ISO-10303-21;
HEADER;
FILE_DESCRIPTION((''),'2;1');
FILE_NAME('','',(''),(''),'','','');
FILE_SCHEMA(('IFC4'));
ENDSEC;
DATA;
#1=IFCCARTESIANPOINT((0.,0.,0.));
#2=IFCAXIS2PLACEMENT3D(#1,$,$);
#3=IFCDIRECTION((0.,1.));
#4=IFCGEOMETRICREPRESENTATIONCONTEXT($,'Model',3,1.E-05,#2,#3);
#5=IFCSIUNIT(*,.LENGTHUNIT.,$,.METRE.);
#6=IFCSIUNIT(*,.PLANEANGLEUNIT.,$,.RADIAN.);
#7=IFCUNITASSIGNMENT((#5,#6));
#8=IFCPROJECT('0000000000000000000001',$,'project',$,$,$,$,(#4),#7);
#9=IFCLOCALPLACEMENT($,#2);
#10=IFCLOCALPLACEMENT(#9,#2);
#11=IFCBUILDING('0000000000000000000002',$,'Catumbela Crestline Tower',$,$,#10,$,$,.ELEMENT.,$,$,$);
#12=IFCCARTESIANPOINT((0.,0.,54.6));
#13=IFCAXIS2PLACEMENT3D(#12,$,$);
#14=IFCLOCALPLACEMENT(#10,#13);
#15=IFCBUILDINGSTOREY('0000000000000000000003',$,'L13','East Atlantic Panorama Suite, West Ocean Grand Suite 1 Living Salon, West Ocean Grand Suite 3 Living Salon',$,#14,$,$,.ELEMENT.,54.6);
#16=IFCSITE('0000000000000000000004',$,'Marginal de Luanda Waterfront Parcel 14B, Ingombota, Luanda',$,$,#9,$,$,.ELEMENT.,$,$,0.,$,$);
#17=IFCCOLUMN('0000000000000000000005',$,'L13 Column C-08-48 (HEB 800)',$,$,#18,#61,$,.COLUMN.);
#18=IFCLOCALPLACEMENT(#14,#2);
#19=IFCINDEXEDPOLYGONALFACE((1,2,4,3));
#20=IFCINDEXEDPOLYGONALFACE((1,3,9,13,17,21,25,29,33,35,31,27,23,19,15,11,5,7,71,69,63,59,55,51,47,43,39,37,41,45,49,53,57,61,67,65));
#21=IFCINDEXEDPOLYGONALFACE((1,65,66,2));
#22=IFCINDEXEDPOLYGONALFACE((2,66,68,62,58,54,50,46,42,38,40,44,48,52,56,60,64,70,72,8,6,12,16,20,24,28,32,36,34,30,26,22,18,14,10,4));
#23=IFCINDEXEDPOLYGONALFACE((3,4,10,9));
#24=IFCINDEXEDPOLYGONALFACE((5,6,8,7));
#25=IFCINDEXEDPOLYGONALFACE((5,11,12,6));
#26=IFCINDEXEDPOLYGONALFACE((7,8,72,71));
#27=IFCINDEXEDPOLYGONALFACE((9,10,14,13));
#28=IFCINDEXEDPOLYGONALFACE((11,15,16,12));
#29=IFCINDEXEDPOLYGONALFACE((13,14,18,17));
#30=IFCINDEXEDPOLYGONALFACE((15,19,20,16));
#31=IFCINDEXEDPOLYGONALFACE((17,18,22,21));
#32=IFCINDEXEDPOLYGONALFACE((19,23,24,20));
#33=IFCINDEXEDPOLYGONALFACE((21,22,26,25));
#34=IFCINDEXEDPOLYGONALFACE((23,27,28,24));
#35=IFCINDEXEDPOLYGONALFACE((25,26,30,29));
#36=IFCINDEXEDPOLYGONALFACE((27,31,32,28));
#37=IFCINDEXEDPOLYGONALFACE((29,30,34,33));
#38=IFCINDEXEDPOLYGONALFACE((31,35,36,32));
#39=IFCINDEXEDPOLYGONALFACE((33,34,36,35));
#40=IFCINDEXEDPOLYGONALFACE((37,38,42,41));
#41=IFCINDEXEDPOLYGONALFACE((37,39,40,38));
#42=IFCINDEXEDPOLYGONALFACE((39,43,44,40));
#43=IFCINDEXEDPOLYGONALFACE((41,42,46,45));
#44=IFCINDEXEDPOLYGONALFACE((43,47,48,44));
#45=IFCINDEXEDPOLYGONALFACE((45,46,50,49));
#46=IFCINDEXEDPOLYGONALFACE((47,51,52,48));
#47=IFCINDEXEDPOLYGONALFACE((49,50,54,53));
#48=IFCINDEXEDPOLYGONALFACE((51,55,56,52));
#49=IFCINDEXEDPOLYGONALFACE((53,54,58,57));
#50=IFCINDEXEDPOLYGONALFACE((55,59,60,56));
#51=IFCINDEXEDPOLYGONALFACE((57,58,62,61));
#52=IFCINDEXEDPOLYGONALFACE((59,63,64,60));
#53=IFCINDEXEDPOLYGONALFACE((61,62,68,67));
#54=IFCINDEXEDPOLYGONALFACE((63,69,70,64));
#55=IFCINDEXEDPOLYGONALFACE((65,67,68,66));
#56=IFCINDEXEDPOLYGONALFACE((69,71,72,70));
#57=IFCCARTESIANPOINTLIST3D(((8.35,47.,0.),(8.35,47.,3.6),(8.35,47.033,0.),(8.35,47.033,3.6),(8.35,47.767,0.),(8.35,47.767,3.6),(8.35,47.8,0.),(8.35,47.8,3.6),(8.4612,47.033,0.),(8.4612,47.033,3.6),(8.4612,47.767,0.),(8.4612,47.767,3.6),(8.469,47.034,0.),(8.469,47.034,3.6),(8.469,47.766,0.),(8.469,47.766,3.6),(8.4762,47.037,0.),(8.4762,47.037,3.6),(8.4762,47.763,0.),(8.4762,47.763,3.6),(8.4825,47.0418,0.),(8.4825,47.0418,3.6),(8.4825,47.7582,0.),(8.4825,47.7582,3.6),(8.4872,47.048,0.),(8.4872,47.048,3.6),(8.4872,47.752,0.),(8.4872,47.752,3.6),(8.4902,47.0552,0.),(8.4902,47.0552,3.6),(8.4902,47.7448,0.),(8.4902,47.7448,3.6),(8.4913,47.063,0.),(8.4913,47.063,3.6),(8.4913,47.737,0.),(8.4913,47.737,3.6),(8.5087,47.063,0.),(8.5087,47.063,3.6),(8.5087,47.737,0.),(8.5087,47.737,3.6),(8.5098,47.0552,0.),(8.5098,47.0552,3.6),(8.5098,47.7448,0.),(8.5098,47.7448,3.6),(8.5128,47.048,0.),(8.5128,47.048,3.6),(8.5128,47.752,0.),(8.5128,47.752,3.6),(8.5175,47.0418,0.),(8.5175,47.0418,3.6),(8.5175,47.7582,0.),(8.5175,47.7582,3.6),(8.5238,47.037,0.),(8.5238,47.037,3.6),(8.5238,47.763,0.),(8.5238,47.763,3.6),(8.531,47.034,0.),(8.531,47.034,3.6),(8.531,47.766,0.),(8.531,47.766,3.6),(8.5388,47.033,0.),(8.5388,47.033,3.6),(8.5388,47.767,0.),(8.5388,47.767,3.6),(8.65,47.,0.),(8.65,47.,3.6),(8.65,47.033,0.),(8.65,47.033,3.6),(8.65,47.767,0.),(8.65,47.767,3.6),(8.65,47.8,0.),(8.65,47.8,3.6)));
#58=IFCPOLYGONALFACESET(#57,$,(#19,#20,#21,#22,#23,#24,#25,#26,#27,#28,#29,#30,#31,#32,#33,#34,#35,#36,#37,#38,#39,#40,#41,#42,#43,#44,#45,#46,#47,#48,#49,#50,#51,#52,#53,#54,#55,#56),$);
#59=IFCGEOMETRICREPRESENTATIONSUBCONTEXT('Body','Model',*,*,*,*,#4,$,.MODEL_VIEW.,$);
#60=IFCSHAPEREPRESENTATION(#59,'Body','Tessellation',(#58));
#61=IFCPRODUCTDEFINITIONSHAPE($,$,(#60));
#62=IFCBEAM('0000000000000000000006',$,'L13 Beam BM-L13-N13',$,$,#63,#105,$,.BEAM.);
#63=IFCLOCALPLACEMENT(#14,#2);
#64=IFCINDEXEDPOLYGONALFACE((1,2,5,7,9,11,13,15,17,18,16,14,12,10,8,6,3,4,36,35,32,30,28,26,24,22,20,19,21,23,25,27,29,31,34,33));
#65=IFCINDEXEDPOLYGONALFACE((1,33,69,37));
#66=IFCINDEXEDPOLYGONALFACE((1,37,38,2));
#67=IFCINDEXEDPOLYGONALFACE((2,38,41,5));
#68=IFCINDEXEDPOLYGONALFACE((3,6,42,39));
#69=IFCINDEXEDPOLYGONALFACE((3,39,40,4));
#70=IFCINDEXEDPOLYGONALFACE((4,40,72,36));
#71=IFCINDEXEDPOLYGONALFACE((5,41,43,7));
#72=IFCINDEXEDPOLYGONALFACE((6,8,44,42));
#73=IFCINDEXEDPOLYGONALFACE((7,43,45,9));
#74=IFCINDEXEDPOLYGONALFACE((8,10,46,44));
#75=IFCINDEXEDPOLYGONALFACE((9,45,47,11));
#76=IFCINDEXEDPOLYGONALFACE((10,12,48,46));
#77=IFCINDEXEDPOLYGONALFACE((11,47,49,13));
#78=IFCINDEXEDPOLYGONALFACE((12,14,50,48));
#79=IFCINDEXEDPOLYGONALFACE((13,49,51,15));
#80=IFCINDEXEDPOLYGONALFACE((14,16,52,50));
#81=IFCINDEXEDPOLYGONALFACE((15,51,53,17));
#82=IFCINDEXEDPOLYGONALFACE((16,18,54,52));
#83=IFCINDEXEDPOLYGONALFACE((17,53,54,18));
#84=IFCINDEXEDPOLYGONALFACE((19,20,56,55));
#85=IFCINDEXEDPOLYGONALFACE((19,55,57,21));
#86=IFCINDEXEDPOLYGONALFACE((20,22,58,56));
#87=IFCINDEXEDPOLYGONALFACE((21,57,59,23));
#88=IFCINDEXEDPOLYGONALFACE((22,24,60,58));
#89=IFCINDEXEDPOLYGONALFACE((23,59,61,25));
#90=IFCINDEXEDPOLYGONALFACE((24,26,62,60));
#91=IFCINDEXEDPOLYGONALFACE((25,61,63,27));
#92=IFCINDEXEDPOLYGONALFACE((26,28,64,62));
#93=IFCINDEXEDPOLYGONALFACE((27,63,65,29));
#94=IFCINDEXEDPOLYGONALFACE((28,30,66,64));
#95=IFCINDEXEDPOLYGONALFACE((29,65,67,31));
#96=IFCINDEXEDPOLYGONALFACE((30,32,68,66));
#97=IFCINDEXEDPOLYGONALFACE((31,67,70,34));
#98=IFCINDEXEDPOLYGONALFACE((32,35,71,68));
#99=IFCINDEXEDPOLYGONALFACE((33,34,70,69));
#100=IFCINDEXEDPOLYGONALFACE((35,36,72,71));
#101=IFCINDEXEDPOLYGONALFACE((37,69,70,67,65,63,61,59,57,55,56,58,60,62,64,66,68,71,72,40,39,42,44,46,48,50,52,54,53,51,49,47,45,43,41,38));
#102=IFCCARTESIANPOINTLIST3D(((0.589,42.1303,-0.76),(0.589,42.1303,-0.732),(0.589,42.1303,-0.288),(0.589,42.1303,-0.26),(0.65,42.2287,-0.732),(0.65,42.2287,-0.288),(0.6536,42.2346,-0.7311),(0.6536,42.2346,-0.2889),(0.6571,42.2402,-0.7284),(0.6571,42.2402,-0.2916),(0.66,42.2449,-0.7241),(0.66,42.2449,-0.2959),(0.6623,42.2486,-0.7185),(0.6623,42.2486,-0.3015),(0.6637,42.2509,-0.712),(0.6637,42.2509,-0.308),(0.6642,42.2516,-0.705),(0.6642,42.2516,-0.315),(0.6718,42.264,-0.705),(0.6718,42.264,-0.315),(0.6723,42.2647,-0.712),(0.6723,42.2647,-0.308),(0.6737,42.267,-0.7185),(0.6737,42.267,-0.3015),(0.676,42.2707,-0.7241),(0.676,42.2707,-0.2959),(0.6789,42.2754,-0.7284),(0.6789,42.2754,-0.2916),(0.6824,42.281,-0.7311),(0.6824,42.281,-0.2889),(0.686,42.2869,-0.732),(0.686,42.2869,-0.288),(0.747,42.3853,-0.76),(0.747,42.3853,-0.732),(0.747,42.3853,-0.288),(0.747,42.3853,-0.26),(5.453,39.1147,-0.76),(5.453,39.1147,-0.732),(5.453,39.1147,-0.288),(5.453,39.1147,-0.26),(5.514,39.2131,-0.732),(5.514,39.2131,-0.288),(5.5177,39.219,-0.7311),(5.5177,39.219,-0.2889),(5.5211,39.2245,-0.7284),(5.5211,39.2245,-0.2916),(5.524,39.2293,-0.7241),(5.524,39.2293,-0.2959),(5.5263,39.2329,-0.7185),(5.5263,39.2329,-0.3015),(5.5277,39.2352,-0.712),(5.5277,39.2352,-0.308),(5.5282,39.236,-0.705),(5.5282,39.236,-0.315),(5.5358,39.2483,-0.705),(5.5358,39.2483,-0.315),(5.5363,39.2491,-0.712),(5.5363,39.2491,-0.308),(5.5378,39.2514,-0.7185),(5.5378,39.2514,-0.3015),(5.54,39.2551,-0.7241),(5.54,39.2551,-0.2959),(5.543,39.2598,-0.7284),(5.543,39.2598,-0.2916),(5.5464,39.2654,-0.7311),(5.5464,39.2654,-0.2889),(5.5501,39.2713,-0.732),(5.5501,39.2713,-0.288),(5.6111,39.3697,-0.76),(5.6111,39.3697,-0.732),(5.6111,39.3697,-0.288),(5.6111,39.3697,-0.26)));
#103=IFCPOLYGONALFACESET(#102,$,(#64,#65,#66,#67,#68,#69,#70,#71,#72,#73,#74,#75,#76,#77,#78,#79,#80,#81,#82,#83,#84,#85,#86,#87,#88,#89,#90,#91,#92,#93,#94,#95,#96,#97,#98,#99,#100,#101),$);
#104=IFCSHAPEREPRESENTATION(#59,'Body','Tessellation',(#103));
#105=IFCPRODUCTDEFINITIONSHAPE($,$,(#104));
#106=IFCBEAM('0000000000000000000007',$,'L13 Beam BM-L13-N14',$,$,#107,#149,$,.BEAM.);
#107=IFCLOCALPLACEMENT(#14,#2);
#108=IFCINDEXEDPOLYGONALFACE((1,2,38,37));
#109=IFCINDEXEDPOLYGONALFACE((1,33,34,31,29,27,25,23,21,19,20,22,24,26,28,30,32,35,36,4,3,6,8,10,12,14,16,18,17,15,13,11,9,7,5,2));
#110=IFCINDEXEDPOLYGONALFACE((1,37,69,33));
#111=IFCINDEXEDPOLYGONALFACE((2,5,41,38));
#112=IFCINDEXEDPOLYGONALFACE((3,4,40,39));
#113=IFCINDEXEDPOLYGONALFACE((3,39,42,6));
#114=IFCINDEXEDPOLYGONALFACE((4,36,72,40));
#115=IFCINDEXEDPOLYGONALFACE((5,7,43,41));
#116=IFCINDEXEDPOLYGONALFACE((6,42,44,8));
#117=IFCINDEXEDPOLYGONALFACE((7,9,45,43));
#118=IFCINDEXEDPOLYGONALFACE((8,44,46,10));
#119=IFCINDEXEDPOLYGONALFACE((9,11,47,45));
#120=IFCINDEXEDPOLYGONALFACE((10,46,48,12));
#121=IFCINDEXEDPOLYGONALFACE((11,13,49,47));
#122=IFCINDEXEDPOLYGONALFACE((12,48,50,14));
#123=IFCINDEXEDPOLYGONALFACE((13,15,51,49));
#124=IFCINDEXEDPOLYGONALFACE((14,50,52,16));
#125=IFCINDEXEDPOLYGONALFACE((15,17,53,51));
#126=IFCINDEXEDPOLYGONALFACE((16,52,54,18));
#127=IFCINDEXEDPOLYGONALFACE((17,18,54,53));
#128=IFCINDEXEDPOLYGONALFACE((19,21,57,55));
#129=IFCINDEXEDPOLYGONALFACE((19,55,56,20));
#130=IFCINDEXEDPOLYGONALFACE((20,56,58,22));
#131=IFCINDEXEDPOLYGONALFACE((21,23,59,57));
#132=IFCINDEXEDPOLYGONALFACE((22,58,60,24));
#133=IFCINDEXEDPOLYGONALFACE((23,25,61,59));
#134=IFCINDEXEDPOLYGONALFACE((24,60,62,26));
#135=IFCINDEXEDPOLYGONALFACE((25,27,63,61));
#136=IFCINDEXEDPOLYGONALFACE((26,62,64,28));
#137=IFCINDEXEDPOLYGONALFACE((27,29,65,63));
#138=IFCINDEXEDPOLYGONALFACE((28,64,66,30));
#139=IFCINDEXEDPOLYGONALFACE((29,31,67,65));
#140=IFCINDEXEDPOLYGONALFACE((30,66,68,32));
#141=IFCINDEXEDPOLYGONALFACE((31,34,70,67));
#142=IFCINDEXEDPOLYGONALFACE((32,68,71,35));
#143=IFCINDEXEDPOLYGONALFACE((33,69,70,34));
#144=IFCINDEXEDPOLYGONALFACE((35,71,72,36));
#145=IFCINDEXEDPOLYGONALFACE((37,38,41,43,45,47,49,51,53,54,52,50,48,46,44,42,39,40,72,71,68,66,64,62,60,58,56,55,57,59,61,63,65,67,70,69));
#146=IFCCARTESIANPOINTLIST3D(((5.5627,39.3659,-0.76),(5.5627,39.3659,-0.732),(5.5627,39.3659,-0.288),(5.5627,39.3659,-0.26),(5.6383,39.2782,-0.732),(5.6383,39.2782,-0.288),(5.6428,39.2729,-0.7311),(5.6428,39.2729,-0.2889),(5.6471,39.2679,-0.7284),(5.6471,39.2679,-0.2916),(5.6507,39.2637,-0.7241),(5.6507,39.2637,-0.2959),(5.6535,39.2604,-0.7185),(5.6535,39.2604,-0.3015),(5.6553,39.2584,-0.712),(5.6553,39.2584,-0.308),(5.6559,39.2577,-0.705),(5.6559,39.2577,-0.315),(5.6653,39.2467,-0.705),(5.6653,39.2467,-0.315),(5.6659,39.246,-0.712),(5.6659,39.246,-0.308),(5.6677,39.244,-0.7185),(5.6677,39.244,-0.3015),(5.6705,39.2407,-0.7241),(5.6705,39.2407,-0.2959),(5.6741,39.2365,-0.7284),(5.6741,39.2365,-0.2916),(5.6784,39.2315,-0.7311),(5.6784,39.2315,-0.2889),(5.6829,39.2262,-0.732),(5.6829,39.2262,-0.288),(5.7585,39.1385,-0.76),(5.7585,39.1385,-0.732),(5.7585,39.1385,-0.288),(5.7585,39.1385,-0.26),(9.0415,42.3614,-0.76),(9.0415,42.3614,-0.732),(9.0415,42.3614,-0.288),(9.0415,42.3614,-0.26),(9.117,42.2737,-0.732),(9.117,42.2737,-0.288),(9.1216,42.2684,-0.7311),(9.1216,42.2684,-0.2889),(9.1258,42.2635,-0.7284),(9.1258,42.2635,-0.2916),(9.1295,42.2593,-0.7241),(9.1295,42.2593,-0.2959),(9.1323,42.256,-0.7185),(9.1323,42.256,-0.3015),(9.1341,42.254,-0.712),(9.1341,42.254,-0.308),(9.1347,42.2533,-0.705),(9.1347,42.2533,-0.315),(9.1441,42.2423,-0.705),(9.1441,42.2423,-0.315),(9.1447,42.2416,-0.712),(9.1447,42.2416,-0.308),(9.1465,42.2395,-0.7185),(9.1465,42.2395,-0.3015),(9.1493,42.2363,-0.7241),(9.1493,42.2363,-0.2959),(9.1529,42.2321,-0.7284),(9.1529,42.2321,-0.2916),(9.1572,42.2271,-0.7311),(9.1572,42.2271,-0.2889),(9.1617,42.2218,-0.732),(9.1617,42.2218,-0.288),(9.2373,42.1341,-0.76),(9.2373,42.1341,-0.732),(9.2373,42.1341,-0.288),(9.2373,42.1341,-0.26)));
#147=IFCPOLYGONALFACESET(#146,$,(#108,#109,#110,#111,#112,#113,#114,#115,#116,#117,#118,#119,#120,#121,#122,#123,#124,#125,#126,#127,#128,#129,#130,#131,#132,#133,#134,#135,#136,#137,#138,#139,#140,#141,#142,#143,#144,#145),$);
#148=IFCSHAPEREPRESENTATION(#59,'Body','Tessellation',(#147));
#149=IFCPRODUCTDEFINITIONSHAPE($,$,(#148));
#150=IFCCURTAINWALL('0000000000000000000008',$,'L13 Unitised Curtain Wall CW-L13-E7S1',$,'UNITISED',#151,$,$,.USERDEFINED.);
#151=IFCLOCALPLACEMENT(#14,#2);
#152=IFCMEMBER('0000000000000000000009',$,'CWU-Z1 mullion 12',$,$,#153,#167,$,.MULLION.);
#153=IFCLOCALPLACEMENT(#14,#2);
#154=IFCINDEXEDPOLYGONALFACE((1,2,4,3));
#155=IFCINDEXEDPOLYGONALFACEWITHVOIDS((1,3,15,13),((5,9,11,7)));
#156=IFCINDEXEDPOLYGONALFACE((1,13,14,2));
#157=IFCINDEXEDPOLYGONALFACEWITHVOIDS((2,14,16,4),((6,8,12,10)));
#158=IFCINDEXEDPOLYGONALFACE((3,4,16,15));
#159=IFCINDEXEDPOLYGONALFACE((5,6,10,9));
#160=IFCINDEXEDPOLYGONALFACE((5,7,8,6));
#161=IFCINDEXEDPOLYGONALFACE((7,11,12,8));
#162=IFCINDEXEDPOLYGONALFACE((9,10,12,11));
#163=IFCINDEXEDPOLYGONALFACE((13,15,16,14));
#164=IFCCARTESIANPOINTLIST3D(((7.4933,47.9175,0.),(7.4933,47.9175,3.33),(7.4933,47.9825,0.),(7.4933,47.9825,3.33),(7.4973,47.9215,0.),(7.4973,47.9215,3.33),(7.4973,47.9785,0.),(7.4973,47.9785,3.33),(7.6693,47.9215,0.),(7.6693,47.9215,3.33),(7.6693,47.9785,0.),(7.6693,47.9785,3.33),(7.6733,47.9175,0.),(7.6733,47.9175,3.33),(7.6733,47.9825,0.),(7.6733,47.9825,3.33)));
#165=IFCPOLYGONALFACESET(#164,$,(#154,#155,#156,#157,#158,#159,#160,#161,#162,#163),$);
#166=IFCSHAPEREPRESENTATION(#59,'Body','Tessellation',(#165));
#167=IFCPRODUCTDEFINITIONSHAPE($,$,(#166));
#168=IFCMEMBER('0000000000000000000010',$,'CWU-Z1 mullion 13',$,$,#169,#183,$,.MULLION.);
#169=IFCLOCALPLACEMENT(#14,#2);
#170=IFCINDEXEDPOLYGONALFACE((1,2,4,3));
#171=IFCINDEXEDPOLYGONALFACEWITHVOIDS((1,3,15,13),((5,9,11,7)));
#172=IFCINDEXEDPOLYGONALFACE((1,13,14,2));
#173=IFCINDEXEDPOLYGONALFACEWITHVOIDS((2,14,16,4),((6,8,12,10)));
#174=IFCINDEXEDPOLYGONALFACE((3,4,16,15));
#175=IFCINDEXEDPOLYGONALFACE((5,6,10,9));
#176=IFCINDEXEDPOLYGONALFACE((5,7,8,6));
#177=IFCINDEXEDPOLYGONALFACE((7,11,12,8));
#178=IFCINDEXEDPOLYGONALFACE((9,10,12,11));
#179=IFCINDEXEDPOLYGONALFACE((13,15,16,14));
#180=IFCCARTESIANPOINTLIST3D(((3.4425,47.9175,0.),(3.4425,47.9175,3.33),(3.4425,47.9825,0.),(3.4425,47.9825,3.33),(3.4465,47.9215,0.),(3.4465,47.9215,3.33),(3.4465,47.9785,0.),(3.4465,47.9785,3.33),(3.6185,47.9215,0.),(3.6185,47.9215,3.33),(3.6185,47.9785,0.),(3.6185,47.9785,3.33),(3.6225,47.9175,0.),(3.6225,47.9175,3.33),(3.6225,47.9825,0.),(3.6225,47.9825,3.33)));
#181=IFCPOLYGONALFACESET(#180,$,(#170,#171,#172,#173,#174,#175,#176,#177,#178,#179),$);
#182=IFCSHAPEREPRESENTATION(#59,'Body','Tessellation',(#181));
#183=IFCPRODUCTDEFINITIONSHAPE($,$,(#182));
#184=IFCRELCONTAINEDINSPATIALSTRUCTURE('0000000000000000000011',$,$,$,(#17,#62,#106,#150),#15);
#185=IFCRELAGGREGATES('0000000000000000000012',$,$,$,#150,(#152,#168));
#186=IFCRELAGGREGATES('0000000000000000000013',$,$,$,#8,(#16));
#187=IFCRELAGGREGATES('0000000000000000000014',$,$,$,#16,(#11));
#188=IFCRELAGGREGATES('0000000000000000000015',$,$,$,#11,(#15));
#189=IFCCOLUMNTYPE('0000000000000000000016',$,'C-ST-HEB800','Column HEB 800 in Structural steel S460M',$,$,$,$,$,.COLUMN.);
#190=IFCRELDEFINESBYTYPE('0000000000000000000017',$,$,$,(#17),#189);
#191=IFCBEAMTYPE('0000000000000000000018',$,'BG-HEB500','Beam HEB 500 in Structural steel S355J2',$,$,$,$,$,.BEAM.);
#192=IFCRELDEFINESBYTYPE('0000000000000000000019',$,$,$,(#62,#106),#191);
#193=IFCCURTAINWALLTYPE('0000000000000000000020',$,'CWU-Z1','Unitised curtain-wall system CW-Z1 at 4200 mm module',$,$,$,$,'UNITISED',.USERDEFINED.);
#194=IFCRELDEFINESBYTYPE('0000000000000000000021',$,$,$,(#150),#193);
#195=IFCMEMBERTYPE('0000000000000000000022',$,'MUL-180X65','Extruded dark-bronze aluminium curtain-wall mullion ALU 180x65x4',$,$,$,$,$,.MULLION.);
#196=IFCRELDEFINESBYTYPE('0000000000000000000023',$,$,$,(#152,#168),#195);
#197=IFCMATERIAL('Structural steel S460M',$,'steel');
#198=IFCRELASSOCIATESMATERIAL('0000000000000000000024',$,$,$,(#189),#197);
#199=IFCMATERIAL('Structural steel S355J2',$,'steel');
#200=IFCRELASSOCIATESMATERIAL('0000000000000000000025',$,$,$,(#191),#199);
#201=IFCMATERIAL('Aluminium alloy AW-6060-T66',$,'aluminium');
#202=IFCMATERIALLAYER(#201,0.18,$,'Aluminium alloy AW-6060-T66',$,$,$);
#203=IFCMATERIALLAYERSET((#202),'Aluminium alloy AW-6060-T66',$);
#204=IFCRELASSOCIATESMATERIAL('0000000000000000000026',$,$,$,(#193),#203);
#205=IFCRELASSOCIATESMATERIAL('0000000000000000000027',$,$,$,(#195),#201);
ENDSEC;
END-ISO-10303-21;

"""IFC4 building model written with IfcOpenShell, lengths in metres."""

from ifc_helpers import new_model, si_unit, direction, frame, origin, origin_2d, place, context, subcontext, project, spatial, hollow_rectangle, i_section, extrude, material, layer, layer_set, material_profile, profile_set, type_object, element, aggregate, save


model = new_model("IFC4")

# Units and contexts
model_context = context("Model", 3, precision=1e-05, world=origin(), true_north=direction((0.0, 1.0)))
body_context = subcontext(model_context, "Body", "Model", "MODEL_VIEW")
ifc_project = project(units=[si_unit("LENGTHUNIT", "METRE"), si_unit("PLANEANGLEUNIT", "RADIAN")], contexts=[model_context])

# Site, building, storey
site_placement = place(None, origin())
site = spatial("IfcSite", under=ifc_project, at=site_placement, Name="Marginal de Luanda Waterfront Parcel 14B, Ingombota, Luanda", CompositionType="ELEMENT", RefElevation=0.0)
building_placement = place(site_placement, origin())
building = spatial("IfcBuilding", under=site, at=building_placement, Name="Catumbela Crestline Tower", CompositionType="ELEMENT")
storey_placement = place(building_placement, frame((0.0, 0.0, 54.6)))
storey = spatial("IfcBuildingStorey", under=building, at=storey_placement, Name="L13", Description="East Atlantic Panorama Suite, West Ocean Grand Suite 1 Living Salon, West Ocean Grand Suite 3 Living Salon", CompositionType="ELEMENT", Elevation=54.6)

# Column
ifc_material_1 = material(Name="Structural steel S460M", Category="steel")
ifc_material_profile_1 = material_profile(ifc_material_1, i_section(OverallWidth=0.3, OverallDepth=0.8, WebThickness=0.0175, FlangeThickness=0.033, FilletRadius=0.03, at=origin_2d()), Name="HEB 800")
ifc_profile_set_1 = profile_set([ifc_material_profile_1], Name="Structural steel S460M")
column_type = type_object("IfcColumnType", Name="C-ST-HEB800", Description="Column HEB 800 in Structural steel S460M", PredefinedType="COLUMN", material=ifc_profile_set_1)
for number, where, z_axis, x_axis, name in (
    (1, (8.5, 47.4, 0.0), (0.0, 0.0, 1.0), (1.0, 0.0, 0.0), "L13 Column C-08-48 (HEB 800)"),
):
    element("IfcColumn", number, at=place(storey_placement, frame(where, z_axis=z_axis, x_axis=x_axis)), inside=storey, type_object=column_type, Name=name, PredefinedType="COLUMN", context=body_context, shape_type="SweptSolid", body=[
        extrude(i_section(OverallWidth=0.3, OverallDepth=0.8, WebThickness=0.0175, FlangeThickness=0.033, FilletRadius=0.03, at=origin_2d()), origin(), (0.0, 0.0, 1.0), 3.6),
    ])

# Beams
ifc_material_2 = material(Name="Structural steel S355J2", Category="steel")
ifc_material_profile_2 = material_profile(ifc_material_2, i_section(OverallWidth=0.3, OverallDepth=0.5, WebThickness=0.0145, FlangeThickness=0.028, FilletRadius=0.027, at=origin_2d()), Name="HEB 500")
ifc_profile_set_2 = profile_set([ifc_material_profile_2], Name="Structural steel S355J2")
beam_type_1 = type_object("IfcBeamType", Name="BG-HEB500", Description="Beam HEB 500 in Structural steel S355J2", PredefinedType="BEAM", material=ifc_profile_set_2)
beam_1_placement = place(storey_placement, frame((0.668, 42.2578, -0.51), z_axis=(0.849909, -0.52693, 0.0), x_axis=(0.52693, 0.849909, 0.0)))
element("IfcBeam", 2, at=beam_1_placement, inside=storey, type_object=beam_type_1, Name="L13 Beam BM-L13-N13", PredefinedType="BEAM", context=body_context, shape_type="SweptSolid", body=[
    extrude(i_section(OverallWidth=0.3, OverallDepth=0.5, WebThickness=0.0145, FlangeThickness=0.028, FilletRadius=0.027, at=origin_2d()), origin(), (0.0, 0.0, 1.0), 5.723),
])
beam_2_placement = place(storey_placement, frame((5.6606, 39.2522, -0.51), z_axis=(0.757772, 0.652519, 0.0), x_axis=(-0.652519, 0.757772, 0.0)))
element("IfcBeam", 3, at=beam_2_placement, inside=storey, type_object=beam_type_1, Name="L13 Beam BM-L13-N14", PredefinedType="BEAM", context=body_context, shape_type="SweptSolid", body=[
    extrude(i_section(OverallWidth=0.3, OverallDepth=0.5, WebThickness=0.0145, FlangeThickness=0.028, FilletRadius=0.027, at=origin_2d()), origin(), (0.0, 0.0, 1.0), 4.5908),
])

# Curtain wall, members
ifc_material_3 = material(Name="Aluminium alloy AW-6060-T66", Category="aluminium")
ifc_layer_1 = layer(ifc_material_3, 0.18, Name="Aluminium alloy AW-6060-T66")
ifc_layer_set_1 = layer_set([ifc_layer_1], Name="Aluminium alloy AW-6060-T66")
curtain_wall_type = type_object("IfcCurtainWallType", Name="CWU-Z1", Description="Unitised curtain-wall system CW-Z1 at 4200 mm module", ElementType="UNITISED", PredefinedType="USERDEFINED", material=ifc_layer_set_1)
curtain_wall_1_placement = place(storey_placement, origin())
curtain_wall_1 = element("IfcCurtainWall", 4, at=curtain_wall_1_placement, inside=storey, type_object=curtain_wall_type, Name="L13 Unitised Curtain Wall CW-L13-E7S1", ObjectType="UNITISED", PredefinedType="USERDEFINED")
ifc_material_profile_3 = material_profile(ifc_material_3, hollow_rectangle(XDim=0.065, YDim=0.18, WallThickness=0.004, at=origin_2d()), Name="ALU 180x65x4")
ifc_profile_set_3 = profile_set([ifc_material_profile_3], Name="Aluminium alloy AW-6060-T66")
member_type_1 = type_object("IfcMemberType", Name="MUL-180X65", Description="Extruded dark-bronze aluminium curtain-wall mullion ALU 180x65x4", PredefinedType="MULLION", material=ifc_profile_set_3)
member_1_placement = place(storey_placement, frame((7.5833, 47.95, 0.0), z_axis=(0.0, 0.0, 1.0), x_axis=(0.0, -1.0, 0.0)))
member_1 = element("IfcMember", 5, at=member_1_placement, type_object=member_type_1, Name="CWU-Z1 mullion 12", PredefinedType="MULLION", context=body_context, shape_type="SweptSolid", body=[
    extrude(hollow_rectangle(XDim=0.065, YDim=0.18, WallThickness=0.004, at=origin_2d()), origin(), (0.0, 0.0, 1.0), 3.33),
])
member_2_placement = place(storey_placement, frame((3.5325, 47.95, 0.0), z_axis=(0.0, 0.0, 1.0), x_axis=(0.0, -1.0, 0.0)))
member_2 = element("IfcMember", 6, at=member_2_placement, type_object=member_type_1, Name="CWU-Z1 mullion 13", PredefinedType="MULLION", context=body_context, shape_type="SweptSolid", body=[
    extrude(hollow_rectangle(XDim=0.065, YDim=0.18, WallThickness=0.004, at=origin_2d()), origin(), (0.0, 0.0, 1.0), 3.33),
])

aggregate(curtain_wall_1, [member_1, member_2])

save(model, "model.ifc")
